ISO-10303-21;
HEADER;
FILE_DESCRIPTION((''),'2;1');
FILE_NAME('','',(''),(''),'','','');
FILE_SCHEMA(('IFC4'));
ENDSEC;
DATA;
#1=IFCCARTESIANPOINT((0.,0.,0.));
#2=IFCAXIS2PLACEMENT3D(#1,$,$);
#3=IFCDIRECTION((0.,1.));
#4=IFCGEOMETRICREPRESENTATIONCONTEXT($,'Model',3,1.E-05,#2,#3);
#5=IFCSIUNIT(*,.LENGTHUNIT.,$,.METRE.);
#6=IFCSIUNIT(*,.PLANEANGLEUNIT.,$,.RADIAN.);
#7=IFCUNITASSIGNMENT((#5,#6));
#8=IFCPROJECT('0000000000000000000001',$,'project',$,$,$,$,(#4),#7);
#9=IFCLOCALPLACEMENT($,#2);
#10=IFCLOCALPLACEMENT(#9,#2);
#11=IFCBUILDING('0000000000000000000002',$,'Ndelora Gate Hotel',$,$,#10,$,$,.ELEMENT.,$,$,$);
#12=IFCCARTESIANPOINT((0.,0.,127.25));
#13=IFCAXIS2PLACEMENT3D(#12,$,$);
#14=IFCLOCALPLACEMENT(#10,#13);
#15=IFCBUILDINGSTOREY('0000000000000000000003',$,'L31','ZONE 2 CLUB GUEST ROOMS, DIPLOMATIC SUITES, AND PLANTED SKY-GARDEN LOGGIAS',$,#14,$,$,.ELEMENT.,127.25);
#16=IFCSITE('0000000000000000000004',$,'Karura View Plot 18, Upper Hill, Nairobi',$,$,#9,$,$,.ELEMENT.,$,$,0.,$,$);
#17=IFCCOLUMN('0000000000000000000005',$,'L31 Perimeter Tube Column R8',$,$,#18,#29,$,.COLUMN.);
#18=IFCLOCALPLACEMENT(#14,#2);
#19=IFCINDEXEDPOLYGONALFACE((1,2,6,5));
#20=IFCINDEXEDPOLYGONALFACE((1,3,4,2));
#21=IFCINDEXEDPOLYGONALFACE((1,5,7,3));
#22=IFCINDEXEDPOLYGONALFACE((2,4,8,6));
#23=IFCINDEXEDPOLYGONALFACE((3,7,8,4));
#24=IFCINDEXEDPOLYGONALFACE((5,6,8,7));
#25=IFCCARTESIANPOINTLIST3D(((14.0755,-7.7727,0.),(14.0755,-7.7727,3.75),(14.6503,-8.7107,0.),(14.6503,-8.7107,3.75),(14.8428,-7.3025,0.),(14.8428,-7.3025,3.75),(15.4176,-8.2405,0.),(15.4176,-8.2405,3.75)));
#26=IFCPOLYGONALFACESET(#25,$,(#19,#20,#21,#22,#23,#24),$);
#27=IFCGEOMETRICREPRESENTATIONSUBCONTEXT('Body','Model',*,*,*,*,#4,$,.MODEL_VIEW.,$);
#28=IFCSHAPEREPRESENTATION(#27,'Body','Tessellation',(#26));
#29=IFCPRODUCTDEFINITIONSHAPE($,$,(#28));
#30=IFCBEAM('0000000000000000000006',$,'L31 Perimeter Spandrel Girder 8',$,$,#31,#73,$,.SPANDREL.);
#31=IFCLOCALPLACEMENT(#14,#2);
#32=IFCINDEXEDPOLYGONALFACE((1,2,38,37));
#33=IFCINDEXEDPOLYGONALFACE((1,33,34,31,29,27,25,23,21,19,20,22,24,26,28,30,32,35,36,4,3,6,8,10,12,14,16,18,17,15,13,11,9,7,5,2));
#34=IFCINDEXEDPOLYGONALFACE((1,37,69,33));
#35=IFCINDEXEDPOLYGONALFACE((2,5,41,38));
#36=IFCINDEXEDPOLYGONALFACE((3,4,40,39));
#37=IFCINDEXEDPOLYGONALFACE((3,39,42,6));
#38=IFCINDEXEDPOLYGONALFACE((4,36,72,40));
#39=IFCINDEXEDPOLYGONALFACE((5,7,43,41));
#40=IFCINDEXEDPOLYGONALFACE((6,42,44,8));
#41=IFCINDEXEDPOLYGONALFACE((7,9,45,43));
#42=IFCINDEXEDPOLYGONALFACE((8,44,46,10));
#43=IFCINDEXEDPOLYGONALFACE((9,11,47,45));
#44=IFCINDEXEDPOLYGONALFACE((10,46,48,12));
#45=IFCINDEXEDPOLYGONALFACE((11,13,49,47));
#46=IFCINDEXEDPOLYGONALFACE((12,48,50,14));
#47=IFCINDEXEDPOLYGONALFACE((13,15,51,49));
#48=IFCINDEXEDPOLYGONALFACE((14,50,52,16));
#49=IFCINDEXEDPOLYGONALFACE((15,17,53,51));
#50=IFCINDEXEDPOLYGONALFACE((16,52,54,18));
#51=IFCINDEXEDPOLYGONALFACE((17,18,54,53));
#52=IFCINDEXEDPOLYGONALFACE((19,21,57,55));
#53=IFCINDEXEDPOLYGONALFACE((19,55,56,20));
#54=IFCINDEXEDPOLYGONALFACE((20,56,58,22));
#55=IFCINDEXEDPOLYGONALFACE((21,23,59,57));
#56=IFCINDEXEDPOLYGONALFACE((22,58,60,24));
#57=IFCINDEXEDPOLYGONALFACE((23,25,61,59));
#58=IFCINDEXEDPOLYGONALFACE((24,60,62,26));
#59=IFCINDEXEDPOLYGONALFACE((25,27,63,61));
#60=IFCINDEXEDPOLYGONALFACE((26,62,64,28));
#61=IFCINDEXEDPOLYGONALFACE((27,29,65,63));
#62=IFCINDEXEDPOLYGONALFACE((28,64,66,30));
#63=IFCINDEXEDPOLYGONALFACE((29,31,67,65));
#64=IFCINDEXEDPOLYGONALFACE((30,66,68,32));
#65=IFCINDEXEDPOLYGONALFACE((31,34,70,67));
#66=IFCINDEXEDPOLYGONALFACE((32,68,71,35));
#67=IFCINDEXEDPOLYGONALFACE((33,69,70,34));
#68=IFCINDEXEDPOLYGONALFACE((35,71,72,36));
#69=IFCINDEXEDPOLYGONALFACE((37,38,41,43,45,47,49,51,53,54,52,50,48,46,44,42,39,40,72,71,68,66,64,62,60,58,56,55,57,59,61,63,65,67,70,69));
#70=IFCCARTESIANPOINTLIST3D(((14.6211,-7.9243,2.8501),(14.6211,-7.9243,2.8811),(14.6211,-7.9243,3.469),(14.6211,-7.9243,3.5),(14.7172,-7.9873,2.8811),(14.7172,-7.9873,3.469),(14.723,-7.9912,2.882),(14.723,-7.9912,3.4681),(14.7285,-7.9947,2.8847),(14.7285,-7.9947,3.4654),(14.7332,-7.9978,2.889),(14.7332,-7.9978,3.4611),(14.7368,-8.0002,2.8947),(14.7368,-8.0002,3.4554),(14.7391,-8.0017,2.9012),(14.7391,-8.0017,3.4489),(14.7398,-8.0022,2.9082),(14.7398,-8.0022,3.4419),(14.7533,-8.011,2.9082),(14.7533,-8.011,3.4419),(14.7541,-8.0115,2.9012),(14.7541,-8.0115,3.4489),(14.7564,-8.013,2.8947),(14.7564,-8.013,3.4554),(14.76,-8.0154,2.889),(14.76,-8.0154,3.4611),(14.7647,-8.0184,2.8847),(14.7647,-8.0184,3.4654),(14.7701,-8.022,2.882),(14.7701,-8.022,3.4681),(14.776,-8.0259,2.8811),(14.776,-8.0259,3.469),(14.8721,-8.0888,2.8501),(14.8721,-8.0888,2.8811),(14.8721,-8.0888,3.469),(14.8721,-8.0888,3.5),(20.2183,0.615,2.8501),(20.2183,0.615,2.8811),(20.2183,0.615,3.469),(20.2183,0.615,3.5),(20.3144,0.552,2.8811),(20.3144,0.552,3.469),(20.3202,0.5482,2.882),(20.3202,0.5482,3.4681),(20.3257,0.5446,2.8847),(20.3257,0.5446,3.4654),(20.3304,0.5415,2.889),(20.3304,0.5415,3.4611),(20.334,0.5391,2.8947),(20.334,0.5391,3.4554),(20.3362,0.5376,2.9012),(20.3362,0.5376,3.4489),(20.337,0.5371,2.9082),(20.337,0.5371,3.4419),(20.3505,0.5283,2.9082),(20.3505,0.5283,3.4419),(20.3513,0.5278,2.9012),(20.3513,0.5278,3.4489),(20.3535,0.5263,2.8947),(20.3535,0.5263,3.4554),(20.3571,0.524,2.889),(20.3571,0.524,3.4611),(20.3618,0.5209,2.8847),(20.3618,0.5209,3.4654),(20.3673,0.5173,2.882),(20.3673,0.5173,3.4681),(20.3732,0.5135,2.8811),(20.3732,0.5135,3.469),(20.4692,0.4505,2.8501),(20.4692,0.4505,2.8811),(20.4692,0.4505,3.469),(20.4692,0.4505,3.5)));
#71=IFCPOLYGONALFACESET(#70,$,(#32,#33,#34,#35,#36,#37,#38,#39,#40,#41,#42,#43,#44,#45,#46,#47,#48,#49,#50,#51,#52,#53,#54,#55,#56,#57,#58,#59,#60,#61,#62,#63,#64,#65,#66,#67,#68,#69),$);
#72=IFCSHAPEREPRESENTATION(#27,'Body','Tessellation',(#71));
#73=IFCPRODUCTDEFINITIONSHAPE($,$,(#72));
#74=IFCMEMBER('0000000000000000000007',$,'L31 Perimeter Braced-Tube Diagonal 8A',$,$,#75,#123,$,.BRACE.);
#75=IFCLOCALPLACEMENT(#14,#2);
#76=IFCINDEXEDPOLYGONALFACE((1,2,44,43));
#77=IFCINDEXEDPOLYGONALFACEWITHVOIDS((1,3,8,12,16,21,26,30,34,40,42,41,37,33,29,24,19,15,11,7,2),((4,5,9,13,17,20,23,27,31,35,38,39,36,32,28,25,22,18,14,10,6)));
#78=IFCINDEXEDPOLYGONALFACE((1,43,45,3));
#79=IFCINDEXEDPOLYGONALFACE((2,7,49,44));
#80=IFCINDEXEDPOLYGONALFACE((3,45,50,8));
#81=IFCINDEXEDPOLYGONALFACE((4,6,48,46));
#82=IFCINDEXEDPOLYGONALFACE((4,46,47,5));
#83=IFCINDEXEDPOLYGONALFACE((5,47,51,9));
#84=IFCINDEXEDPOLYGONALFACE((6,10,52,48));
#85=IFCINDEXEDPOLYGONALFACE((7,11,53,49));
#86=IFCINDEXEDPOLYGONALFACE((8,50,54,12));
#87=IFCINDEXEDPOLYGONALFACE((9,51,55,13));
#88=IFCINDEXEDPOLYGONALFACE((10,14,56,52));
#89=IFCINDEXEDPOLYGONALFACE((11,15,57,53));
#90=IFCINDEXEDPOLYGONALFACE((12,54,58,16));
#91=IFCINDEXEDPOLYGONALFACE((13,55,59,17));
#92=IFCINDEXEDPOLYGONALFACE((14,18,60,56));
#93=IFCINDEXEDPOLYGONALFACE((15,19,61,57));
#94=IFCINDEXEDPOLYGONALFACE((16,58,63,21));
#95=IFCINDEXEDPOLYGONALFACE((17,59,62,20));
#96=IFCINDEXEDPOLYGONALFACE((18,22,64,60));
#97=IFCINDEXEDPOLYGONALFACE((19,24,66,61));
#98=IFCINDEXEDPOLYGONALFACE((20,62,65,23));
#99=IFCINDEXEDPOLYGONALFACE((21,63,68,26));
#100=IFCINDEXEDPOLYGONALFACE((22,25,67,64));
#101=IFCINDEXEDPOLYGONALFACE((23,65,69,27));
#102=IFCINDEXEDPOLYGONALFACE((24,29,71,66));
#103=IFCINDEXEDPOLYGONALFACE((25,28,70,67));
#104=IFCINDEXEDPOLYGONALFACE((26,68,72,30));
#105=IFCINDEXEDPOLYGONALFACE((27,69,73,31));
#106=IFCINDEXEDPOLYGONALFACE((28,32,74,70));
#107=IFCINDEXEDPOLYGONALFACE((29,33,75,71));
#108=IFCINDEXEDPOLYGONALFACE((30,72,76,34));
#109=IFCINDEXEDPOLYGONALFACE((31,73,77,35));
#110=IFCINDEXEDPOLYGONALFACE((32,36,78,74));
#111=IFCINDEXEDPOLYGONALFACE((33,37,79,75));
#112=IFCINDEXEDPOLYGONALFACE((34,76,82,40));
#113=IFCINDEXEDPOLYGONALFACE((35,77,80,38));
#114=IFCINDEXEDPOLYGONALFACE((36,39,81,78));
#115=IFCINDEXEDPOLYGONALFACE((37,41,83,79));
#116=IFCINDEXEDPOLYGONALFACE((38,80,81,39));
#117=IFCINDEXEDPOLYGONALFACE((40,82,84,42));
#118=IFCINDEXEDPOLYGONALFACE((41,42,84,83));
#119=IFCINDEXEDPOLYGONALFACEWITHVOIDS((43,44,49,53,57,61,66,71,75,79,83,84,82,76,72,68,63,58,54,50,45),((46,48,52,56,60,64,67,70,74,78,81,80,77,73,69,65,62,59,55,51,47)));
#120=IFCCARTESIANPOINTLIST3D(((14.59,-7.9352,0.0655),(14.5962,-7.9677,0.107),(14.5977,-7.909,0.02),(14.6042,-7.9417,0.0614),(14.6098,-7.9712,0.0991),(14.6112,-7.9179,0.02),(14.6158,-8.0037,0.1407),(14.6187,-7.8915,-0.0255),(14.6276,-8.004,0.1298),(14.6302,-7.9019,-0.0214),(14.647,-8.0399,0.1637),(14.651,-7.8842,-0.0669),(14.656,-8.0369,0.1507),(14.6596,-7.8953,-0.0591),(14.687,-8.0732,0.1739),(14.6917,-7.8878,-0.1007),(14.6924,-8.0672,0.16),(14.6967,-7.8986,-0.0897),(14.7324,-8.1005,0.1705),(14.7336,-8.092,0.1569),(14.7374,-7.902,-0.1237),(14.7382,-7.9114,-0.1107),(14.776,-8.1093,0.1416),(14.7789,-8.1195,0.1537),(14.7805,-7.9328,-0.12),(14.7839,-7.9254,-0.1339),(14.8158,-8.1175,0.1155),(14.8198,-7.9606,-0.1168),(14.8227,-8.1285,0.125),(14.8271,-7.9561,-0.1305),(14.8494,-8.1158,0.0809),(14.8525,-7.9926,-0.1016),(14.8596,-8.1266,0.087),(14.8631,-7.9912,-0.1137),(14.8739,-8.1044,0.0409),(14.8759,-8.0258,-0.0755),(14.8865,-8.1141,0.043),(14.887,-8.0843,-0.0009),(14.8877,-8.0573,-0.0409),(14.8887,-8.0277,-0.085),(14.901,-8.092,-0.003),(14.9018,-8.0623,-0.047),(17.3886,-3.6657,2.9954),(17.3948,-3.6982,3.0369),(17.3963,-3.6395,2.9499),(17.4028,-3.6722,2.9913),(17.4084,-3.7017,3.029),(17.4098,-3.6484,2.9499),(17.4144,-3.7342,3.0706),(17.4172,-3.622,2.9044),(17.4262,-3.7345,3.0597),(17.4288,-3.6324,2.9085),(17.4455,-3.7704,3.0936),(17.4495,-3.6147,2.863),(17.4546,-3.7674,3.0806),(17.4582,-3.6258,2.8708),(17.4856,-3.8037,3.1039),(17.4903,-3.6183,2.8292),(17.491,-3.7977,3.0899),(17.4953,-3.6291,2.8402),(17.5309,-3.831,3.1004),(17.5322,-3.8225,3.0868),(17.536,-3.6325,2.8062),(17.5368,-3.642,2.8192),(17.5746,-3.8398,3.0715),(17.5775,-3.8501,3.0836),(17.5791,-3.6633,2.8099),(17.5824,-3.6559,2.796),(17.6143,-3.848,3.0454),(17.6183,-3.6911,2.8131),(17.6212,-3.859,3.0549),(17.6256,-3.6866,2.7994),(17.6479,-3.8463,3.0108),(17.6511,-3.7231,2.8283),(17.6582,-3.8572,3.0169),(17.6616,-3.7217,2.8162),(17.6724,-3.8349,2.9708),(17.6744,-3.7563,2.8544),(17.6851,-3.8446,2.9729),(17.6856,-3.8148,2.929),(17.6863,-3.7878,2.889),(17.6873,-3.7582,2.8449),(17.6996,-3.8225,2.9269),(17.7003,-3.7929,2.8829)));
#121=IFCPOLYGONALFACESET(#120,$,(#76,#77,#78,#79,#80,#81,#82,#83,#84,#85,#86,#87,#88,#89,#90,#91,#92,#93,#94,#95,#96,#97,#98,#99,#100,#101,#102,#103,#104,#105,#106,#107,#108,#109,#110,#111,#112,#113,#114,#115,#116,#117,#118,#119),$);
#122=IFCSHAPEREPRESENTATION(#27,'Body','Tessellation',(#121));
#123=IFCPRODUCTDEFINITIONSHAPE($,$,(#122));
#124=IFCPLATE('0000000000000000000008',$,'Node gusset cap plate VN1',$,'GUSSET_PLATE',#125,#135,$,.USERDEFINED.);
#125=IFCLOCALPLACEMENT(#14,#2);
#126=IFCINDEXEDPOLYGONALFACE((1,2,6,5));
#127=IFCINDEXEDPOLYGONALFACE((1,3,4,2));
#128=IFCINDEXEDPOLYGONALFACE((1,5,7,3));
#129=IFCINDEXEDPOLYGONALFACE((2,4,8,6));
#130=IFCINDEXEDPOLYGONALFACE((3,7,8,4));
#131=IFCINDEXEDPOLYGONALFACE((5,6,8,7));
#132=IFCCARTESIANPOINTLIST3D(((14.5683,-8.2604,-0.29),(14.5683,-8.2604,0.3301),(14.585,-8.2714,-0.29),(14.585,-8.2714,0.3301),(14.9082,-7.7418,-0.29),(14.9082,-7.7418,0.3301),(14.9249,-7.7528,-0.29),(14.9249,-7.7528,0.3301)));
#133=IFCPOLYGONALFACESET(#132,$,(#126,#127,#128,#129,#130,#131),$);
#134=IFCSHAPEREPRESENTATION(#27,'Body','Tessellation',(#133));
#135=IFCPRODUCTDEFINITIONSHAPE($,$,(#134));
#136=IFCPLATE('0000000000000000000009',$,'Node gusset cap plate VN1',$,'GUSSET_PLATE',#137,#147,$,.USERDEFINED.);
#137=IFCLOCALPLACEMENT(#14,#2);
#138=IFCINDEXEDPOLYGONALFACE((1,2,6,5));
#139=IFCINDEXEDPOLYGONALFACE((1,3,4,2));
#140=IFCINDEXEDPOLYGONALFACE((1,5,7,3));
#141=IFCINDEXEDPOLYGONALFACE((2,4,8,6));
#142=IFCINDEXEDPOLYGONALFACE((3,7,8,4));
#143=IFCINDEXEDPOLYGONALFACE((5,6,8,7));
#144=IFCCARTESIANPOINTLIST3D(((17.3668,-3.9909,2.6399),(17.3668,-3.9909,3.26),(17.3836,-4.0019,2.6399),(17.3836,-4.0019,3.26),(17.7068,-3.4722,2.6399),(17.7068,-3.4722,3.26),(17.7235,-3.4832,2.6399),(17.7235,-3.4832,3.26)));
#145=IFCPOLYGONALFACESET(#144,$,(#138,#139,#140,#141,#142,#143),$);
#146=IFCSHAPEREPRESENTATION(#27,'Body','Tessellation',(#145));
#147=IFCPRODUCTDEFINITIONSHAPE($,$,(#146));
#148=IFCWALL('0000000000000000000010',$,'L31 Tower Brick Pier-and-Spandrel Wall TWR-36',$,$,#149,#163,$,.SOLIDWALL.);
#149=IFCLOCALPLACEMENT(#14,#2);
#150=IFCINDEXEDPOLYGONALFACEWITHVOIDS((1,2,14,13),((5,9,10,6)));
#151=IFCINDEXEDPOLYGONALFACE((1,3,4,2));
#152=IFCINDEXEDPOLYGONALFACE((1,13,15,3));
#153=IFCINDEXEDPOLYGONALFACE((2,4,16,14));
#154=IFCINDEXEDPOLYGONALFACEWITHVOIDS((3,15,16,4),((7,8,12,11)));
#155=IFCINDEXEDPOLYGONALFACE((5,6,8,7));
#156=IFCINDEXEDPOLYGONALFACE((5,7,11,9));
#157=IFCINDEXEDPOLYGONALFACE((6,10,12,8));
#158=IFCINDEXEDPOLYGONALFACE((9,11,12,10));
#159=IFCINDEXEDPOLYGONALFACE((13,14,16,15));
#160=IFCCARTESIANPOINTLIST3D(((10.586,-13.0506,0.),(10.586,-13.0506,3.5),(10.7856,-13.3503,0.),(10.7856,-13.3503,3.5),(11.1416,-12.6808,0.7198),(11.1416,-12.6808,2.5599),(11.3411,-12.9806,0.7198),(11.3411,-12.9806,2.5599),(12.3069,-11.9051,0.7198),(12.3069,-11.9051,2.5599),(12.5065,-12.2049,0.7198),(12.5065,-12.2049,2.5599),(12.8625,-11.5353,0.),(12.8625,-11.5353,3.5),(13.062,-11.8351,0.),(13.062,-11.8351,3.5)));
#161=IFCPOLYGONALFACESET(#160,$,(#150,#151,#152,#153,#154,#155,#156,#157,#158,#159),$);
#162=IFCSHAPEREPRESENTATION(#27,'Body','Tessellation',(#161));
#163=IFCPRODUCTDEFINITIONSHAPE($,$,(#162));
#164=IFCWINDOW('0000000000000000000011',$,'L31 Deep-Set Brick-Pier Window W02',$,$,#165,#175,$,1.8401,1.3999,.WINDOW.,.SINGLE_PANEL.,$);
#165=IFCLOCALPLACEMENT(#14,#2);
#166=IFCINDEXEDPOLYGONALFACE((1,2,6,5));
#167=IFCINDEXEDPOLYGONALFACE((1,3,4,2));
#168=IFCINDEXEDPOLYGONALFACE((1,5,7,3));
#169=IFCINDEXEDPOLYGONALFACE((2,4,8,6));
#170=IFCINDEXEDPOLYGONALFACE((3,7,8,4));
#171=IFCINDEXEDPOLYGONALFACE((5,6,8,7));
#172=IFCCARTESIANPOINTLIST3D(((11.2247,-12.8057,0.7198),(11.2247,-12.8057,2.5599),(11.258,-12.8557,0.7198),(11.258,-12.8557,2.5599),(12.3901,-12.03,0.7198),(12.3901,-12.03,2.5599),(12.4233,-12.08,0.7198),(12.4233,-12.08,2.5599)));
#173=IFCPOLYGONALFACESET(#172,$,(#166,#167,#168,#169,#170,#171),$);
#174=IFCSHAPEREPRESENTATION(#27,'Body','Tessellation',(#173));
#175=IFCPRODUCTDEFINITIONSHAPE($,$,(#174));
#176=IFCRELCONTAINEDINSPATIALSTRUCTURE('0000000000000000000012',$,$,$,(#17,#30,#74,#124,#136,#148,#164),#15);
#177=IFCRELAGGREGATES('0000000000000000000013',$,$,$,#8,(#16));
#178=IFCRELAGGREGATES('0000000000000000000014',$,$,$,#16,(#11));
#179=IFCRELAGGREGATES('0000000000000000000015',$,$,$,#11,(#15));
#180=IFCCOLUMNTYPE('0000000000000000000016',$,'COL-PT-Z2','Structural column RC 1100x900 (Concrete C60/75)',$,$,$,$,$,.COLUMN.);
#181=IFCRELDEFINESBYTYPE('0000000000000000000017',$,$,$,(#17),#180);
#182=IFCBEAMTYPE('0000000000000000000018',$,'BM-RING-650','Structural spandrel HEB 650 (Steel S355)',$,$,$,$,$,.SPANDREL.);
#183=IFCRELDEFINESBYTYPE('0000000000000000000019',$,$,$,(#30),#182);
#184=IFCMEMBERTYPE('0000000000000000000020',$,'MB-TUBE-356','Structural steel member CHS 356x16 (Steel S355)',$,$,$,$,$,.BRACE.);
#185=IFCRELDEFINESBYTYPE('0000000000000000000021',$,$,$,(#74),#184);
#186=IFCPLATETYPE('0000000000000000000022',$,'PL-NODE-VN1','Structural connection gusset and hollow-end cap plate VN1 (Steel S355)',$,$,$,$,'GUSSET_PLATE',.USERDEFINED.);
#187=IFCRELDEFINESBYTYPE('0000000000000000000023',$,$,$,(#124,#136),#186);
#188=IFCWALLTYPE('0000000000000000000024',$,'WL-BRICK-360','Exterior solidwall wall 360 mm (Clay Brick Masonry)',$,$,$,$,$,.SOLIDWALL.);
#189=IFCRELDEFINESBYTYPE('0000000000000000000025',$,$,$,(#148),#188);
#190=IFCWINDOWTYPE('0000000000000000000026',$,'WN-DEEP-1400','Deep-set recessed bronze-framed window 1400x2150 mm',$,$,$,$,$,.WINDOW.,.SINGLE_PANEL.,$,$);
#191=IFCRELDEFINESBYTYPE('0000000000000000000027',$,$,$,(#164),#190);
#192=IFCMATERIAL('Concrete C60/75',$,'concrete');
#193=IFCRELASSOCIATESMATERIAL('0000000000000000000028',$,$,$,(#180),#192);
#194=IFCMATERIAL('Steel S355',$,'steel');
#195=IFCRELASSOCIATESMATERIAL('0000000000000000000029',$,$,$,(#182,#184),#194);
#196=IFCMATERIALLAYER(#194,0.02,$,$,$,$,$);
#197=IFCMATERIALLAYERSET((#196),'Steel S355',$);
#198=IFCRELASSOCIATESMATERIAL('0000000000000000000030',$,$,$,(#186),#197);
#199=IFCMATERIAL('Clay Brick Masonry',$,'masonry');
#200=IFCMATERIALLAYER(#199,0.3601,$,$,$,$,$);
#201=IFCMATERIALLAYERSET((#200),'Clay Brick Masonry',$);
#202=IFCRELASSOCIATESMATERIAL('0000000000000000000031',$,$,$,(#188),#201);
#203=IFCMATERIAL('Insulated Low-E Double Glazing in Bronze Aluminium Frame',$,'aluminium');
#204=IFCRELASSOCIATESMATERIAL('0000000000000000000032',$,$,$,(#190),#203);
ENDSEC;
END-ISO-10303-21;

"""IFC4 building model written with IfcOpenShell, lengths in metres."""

from ifc_helpers import new_model, si_unit, direction, frame, frame_2d, origin, origin_2d, place, context, subcontext, project, spatial, rectangle, hollow_circle, i_section, extrude, material, layer, layer_set, material_profile, profile_set, type_object, element, fill, save


model = new_model("IFC4")

# Units and contexts
model_context = context("Model", 3, precision=1e-05, world=origin(), true_north=direction((0.0, 1.0)))
body_context = subcontext(model_context, "Body", "Model", "MODEL_VIEW")
ifc_project = project(units=[si_unit("LENGTHUNIT", "METRE"), si_unit("PLANEANGLEUNIT", "RADIAN")], contexts=[model_context])

# Site, building, storey
site_placement = place(None, origin())
site = spatial("IfcSite", under=ifc_project, at=site_placement, Name="Karura View Plot 18, Upper Hill, Nairobi", CompositionType="ELEMENT", RefElevation=0.0)
building_placement = place(site_placement, origin())
building = spatial("IfcBuilding", under=site, at=building_placement, Name="Ndelora Gate Hotel", CompositionType="ELEMENT")
storey_placement = place(building_placement, frame((0.0, 0.0, 127.25)))
storey = spatial("IfcBuildingStorey", under=building, at=storey_placement, Name="L31", Description="ZONE 2 CLUB GUEST ROOMS, DIPLOMATIC SUITES, AND PLANTED SKY-GARDEN LOGGIAS", CompositionType="ELEMENT", Elevation=127.25)

# Column
ifc_material_1 = material(Name="Concrete C60/75", Category="concrete")
ifc_material_profile_1 = material_profile(ifc_material_1, rectangle(XDim=0.8999, YDim=1.1001, at=origin_2d()), Name="RC 1100x900")
ifc_profile_set_1 = profile_set([ifc_material_profile_1], Name="Concrete C60/75")
column_type = type_object("IfcColumnType", Name="COL-PT-Z2", Description="Structural column RC 1100x900 (Concrete C60/75)", PredefinedType="COLUMN", material=ifc_profile_set_1)
column_placement = place(storey_placement, frame((14.7466, -8.0066, 0.0), z_axis=(0.0, 0.0, 1.0), x_axis=(0.85264, 0.522499, 0.0)))
element("IfcColumn", 1, at=column_placement, inside=storey, type_object=column_type, Name="L31 Perimeter Tube Column R8", PredefinedType="COLUMN", context=body_context, shape_type="SweptSolid", body=[
    extrude(rectangle(XDim=0.8999, YDim=1.1001, at=origin_2d()), origin(), (0.0, 0.0, 1.0), 3.75),
])

# Beam
ifc_material_2 = material(Name="Steel S355", Category="steel")
ifc_material_profile_2 = material_profile(ifc_material_2, i_section(OverallWidth=0.3, OverallDepth=0.6499, WebThickness=0.0161, FlangeThickness=0.031, FilletRadius=0.0271, at=origin_2d()), Name="HEB 650")
ifc_profile_set_2 = profile_set([ifc_material_profile_2], Name="Steel S355")
beam_type = type_object("IfcBeamType", Name="BM-RING-650", Description="Structural spandrel HEB 650 (Steel S355)", PredefinedType="SPANDREL", material=ifc_profile_set_2)
beam_placement = place(storey_placement, frame((14.7466, -8.0066, 3.175), z_axis=(0.548194, 0.836351, 0.0), x_axis=(-0.836351, 0.548194, 0.0)))
element("IfcBeam", 2, at=beam_placement, inside=storey, type_object=beam_type, Name="L31 Perimeter Spandrel Girder 8", PredefinedType="SPANDREL", context=body_context, shape_type="SweptSolid", body=[
    extrude(i_section(OverallWidth=0.3, OverallDepth=0.6499, WebThickness=0.0161, FlangeThickness=0.031, FilletRadius=0.0271, at=origin_2d()), origin(), (0.0, 0.0, 1.0), 10.2102),
])

# Member
ifc_material_profile_3 = material_profile(ifc_material_2, hollow_circle(Radius=0.178, WallThickness=0.0161, at=origin_2d()), Name="CHS 356x16")
ifc_profile_set_3 = profile_set([ifc_material_profile_3], Name="Steel S355")
member_type = type_object("IfcMemberType", Name="MB-TUBE-356", Description="Structural steel member CHS 356x16 (Steel S355)", PredefinedType="BRACE", material=ifc_profile_set_3)
member_placement = place(storey_placement, frame((14.7466, -8.0066, 0.02), z_axis=(0.475461, 0.725366, 0.497776), x_axis=(-0.836344, 0.548205, 0.0)))
element("IfcMember", 3, at=member_placement, inside=storey, type_object=member_type, Name="L31 Perimeter Braced-Tube Diagonal 8A", PredefinedType="BRACE", context=body_context, shape_type="SweptSolid", body=[
    extrude(hollow_circle(Radius=0.178, WallThickness=0.0161, at=origin_2d()), origin(), (0.0, 0.0, 1.0), 5.886),
])

# Plates
ifc_layer_1 = layer(ifc_material_2, 0.02)
ifc_layer_set_1 = layer_set([ifc_layer_1], Name="Steel S355")
plate_type = type_object("IfcPlateType", Name="PL-NODE-VN1", Description="Structural connection gusset and hollow-end cap plate VN1 (Steel S355)", ElementType="GUSSET_PLATE", PredefinedType="USERDEFINED", material=ifc_layer_set_1)
for number, where, z_axis, x_axis, name in (
    (4, (14.7466, -8.0066, -0.29), (0.0, 0.0, 1.0), (0.548147, 0.836382, 0.0), "Node gusset cap plate VN1"),
    (5, (17.5452, -3.7371, 2.6399), (0.0, 0.0, 1.0), (0.548147, 0.836382, 0.0), "Node gusset cap plate VN1"),
):
    element("IfcPlate", number, at=place(storey_placement, frame(where, z_axis=z_axis, x_axis=x_axis)), inside=storey, type_object=plate_type, Name=name, ObjectType="GUSSET_PLATE", PredefinedType="USERDEFINED", context=body_context, shape_type="SweptSolid", body=[
        extrude(rectangle(XDim=0.6201, YDim=0.02, at=origin_2d()), origin(), (0.0, 0.0, 1.0), 0.6201),
    ])

# Wall, opening, window
ifc_material_3 = material(Name="Clay Brick Masonry", Category="masonry")
ifc_layer_2 = layer(ifc_material_3, 0.3601)
ifc_layer_set_2 = layer_set([ifc_layer_2], Name="Clay Brick Masonry")
wall_type_1 = type_object("IfcWallType", Name="WL-BRICK-360", Description="Exterior solidwall wall 360 mm (Clay Brick Masonry)", PredefinedType="SOLIDWALL", material=ifc_layer_set_2)
wall_1_placement = place(storey_placement, frame((12.9622, -11.6853, 0.0), z_axis=(0.0, 0.0, 1.0), x_axis=(-0.832462, -0.554082, 0.0)))
wall_1 = element("IfcWall", 6, at=wall_1_placement, inside=storey, type_object=wall_type_1, Name="L31 Tower Brick Pier-and-Spandrel Wall TWR-36", PredefinedType="SOLIDWALL", context=body_context, shape_type="SweptSolid", body=[
    extrude(rectangle(XDim=2.7346, YDim=0.3601, at=frame_2d((1.3672, 0.0))), origin(), (0.0, 0.0, 1.0), 3.5),
])
opening_1_placement = place(wall_1_placement, frame((0.6672, 0.0, 0.72)))
opening_1 = element("IfcOpeningElement", 7, at=opening_1_placement, cuts=wall_1, PredefinedType="OPENING", context=body_context, shape_type="SweptSolid", body=[
    extrude(rectangle(XDim=1.3999, YDim=1.8401, at=frame_2d((0.7, 0.9199))), frame((0.0, 0.1899, 0.0), z_axis=(0.0, -1.0, 0.0), x_axis=(1.0, 0.0, 0.0)), (0.0, 0.0, 1.0), 0.3801),
])
ifc_material_4 = material(Name="Insulated Low-E Double Glazing in Bronze Aluminium Frame", Category="aluminium")
window_type_1 = type_object("IfcWindowType", Name="WN-DEEP-1400", Description="Deep-set recessed bronze-framed window 1400x2150 mm", PartitioningType="SINGLE_PANEL", PredefinedType="WINDOW", material=ifc_material_4)
window_1_placement = place(opening_1_placement, origin())
window_1 = element("IfcWindow", 8, at=window_1_placement, inside=storey, type_object=window_type_1, Name="L31 Deep-Set Brick-Pier Window W02", OverallHeight=1.8401, OverallWidth=1.3999, PartitioningType="SINGLE_PANEL", PredefinedType="WINDOW", context=body_context, shape_type="SweptSolid", body=[
    extrude(rectangle(XDim=1.3999, YDim=1.8401, at=frame_2d((0.7, 0.9199))), frame((0.0, 0.03, 0.0), z_axis=(0.0, -1.0, 0.0), x_axis=(1.0, 0.0, 0.0)), (0.0, 0.0, 1.0), 0.0601),
])
fill(opening_1, window_1)

save(model, "model.ifc")
